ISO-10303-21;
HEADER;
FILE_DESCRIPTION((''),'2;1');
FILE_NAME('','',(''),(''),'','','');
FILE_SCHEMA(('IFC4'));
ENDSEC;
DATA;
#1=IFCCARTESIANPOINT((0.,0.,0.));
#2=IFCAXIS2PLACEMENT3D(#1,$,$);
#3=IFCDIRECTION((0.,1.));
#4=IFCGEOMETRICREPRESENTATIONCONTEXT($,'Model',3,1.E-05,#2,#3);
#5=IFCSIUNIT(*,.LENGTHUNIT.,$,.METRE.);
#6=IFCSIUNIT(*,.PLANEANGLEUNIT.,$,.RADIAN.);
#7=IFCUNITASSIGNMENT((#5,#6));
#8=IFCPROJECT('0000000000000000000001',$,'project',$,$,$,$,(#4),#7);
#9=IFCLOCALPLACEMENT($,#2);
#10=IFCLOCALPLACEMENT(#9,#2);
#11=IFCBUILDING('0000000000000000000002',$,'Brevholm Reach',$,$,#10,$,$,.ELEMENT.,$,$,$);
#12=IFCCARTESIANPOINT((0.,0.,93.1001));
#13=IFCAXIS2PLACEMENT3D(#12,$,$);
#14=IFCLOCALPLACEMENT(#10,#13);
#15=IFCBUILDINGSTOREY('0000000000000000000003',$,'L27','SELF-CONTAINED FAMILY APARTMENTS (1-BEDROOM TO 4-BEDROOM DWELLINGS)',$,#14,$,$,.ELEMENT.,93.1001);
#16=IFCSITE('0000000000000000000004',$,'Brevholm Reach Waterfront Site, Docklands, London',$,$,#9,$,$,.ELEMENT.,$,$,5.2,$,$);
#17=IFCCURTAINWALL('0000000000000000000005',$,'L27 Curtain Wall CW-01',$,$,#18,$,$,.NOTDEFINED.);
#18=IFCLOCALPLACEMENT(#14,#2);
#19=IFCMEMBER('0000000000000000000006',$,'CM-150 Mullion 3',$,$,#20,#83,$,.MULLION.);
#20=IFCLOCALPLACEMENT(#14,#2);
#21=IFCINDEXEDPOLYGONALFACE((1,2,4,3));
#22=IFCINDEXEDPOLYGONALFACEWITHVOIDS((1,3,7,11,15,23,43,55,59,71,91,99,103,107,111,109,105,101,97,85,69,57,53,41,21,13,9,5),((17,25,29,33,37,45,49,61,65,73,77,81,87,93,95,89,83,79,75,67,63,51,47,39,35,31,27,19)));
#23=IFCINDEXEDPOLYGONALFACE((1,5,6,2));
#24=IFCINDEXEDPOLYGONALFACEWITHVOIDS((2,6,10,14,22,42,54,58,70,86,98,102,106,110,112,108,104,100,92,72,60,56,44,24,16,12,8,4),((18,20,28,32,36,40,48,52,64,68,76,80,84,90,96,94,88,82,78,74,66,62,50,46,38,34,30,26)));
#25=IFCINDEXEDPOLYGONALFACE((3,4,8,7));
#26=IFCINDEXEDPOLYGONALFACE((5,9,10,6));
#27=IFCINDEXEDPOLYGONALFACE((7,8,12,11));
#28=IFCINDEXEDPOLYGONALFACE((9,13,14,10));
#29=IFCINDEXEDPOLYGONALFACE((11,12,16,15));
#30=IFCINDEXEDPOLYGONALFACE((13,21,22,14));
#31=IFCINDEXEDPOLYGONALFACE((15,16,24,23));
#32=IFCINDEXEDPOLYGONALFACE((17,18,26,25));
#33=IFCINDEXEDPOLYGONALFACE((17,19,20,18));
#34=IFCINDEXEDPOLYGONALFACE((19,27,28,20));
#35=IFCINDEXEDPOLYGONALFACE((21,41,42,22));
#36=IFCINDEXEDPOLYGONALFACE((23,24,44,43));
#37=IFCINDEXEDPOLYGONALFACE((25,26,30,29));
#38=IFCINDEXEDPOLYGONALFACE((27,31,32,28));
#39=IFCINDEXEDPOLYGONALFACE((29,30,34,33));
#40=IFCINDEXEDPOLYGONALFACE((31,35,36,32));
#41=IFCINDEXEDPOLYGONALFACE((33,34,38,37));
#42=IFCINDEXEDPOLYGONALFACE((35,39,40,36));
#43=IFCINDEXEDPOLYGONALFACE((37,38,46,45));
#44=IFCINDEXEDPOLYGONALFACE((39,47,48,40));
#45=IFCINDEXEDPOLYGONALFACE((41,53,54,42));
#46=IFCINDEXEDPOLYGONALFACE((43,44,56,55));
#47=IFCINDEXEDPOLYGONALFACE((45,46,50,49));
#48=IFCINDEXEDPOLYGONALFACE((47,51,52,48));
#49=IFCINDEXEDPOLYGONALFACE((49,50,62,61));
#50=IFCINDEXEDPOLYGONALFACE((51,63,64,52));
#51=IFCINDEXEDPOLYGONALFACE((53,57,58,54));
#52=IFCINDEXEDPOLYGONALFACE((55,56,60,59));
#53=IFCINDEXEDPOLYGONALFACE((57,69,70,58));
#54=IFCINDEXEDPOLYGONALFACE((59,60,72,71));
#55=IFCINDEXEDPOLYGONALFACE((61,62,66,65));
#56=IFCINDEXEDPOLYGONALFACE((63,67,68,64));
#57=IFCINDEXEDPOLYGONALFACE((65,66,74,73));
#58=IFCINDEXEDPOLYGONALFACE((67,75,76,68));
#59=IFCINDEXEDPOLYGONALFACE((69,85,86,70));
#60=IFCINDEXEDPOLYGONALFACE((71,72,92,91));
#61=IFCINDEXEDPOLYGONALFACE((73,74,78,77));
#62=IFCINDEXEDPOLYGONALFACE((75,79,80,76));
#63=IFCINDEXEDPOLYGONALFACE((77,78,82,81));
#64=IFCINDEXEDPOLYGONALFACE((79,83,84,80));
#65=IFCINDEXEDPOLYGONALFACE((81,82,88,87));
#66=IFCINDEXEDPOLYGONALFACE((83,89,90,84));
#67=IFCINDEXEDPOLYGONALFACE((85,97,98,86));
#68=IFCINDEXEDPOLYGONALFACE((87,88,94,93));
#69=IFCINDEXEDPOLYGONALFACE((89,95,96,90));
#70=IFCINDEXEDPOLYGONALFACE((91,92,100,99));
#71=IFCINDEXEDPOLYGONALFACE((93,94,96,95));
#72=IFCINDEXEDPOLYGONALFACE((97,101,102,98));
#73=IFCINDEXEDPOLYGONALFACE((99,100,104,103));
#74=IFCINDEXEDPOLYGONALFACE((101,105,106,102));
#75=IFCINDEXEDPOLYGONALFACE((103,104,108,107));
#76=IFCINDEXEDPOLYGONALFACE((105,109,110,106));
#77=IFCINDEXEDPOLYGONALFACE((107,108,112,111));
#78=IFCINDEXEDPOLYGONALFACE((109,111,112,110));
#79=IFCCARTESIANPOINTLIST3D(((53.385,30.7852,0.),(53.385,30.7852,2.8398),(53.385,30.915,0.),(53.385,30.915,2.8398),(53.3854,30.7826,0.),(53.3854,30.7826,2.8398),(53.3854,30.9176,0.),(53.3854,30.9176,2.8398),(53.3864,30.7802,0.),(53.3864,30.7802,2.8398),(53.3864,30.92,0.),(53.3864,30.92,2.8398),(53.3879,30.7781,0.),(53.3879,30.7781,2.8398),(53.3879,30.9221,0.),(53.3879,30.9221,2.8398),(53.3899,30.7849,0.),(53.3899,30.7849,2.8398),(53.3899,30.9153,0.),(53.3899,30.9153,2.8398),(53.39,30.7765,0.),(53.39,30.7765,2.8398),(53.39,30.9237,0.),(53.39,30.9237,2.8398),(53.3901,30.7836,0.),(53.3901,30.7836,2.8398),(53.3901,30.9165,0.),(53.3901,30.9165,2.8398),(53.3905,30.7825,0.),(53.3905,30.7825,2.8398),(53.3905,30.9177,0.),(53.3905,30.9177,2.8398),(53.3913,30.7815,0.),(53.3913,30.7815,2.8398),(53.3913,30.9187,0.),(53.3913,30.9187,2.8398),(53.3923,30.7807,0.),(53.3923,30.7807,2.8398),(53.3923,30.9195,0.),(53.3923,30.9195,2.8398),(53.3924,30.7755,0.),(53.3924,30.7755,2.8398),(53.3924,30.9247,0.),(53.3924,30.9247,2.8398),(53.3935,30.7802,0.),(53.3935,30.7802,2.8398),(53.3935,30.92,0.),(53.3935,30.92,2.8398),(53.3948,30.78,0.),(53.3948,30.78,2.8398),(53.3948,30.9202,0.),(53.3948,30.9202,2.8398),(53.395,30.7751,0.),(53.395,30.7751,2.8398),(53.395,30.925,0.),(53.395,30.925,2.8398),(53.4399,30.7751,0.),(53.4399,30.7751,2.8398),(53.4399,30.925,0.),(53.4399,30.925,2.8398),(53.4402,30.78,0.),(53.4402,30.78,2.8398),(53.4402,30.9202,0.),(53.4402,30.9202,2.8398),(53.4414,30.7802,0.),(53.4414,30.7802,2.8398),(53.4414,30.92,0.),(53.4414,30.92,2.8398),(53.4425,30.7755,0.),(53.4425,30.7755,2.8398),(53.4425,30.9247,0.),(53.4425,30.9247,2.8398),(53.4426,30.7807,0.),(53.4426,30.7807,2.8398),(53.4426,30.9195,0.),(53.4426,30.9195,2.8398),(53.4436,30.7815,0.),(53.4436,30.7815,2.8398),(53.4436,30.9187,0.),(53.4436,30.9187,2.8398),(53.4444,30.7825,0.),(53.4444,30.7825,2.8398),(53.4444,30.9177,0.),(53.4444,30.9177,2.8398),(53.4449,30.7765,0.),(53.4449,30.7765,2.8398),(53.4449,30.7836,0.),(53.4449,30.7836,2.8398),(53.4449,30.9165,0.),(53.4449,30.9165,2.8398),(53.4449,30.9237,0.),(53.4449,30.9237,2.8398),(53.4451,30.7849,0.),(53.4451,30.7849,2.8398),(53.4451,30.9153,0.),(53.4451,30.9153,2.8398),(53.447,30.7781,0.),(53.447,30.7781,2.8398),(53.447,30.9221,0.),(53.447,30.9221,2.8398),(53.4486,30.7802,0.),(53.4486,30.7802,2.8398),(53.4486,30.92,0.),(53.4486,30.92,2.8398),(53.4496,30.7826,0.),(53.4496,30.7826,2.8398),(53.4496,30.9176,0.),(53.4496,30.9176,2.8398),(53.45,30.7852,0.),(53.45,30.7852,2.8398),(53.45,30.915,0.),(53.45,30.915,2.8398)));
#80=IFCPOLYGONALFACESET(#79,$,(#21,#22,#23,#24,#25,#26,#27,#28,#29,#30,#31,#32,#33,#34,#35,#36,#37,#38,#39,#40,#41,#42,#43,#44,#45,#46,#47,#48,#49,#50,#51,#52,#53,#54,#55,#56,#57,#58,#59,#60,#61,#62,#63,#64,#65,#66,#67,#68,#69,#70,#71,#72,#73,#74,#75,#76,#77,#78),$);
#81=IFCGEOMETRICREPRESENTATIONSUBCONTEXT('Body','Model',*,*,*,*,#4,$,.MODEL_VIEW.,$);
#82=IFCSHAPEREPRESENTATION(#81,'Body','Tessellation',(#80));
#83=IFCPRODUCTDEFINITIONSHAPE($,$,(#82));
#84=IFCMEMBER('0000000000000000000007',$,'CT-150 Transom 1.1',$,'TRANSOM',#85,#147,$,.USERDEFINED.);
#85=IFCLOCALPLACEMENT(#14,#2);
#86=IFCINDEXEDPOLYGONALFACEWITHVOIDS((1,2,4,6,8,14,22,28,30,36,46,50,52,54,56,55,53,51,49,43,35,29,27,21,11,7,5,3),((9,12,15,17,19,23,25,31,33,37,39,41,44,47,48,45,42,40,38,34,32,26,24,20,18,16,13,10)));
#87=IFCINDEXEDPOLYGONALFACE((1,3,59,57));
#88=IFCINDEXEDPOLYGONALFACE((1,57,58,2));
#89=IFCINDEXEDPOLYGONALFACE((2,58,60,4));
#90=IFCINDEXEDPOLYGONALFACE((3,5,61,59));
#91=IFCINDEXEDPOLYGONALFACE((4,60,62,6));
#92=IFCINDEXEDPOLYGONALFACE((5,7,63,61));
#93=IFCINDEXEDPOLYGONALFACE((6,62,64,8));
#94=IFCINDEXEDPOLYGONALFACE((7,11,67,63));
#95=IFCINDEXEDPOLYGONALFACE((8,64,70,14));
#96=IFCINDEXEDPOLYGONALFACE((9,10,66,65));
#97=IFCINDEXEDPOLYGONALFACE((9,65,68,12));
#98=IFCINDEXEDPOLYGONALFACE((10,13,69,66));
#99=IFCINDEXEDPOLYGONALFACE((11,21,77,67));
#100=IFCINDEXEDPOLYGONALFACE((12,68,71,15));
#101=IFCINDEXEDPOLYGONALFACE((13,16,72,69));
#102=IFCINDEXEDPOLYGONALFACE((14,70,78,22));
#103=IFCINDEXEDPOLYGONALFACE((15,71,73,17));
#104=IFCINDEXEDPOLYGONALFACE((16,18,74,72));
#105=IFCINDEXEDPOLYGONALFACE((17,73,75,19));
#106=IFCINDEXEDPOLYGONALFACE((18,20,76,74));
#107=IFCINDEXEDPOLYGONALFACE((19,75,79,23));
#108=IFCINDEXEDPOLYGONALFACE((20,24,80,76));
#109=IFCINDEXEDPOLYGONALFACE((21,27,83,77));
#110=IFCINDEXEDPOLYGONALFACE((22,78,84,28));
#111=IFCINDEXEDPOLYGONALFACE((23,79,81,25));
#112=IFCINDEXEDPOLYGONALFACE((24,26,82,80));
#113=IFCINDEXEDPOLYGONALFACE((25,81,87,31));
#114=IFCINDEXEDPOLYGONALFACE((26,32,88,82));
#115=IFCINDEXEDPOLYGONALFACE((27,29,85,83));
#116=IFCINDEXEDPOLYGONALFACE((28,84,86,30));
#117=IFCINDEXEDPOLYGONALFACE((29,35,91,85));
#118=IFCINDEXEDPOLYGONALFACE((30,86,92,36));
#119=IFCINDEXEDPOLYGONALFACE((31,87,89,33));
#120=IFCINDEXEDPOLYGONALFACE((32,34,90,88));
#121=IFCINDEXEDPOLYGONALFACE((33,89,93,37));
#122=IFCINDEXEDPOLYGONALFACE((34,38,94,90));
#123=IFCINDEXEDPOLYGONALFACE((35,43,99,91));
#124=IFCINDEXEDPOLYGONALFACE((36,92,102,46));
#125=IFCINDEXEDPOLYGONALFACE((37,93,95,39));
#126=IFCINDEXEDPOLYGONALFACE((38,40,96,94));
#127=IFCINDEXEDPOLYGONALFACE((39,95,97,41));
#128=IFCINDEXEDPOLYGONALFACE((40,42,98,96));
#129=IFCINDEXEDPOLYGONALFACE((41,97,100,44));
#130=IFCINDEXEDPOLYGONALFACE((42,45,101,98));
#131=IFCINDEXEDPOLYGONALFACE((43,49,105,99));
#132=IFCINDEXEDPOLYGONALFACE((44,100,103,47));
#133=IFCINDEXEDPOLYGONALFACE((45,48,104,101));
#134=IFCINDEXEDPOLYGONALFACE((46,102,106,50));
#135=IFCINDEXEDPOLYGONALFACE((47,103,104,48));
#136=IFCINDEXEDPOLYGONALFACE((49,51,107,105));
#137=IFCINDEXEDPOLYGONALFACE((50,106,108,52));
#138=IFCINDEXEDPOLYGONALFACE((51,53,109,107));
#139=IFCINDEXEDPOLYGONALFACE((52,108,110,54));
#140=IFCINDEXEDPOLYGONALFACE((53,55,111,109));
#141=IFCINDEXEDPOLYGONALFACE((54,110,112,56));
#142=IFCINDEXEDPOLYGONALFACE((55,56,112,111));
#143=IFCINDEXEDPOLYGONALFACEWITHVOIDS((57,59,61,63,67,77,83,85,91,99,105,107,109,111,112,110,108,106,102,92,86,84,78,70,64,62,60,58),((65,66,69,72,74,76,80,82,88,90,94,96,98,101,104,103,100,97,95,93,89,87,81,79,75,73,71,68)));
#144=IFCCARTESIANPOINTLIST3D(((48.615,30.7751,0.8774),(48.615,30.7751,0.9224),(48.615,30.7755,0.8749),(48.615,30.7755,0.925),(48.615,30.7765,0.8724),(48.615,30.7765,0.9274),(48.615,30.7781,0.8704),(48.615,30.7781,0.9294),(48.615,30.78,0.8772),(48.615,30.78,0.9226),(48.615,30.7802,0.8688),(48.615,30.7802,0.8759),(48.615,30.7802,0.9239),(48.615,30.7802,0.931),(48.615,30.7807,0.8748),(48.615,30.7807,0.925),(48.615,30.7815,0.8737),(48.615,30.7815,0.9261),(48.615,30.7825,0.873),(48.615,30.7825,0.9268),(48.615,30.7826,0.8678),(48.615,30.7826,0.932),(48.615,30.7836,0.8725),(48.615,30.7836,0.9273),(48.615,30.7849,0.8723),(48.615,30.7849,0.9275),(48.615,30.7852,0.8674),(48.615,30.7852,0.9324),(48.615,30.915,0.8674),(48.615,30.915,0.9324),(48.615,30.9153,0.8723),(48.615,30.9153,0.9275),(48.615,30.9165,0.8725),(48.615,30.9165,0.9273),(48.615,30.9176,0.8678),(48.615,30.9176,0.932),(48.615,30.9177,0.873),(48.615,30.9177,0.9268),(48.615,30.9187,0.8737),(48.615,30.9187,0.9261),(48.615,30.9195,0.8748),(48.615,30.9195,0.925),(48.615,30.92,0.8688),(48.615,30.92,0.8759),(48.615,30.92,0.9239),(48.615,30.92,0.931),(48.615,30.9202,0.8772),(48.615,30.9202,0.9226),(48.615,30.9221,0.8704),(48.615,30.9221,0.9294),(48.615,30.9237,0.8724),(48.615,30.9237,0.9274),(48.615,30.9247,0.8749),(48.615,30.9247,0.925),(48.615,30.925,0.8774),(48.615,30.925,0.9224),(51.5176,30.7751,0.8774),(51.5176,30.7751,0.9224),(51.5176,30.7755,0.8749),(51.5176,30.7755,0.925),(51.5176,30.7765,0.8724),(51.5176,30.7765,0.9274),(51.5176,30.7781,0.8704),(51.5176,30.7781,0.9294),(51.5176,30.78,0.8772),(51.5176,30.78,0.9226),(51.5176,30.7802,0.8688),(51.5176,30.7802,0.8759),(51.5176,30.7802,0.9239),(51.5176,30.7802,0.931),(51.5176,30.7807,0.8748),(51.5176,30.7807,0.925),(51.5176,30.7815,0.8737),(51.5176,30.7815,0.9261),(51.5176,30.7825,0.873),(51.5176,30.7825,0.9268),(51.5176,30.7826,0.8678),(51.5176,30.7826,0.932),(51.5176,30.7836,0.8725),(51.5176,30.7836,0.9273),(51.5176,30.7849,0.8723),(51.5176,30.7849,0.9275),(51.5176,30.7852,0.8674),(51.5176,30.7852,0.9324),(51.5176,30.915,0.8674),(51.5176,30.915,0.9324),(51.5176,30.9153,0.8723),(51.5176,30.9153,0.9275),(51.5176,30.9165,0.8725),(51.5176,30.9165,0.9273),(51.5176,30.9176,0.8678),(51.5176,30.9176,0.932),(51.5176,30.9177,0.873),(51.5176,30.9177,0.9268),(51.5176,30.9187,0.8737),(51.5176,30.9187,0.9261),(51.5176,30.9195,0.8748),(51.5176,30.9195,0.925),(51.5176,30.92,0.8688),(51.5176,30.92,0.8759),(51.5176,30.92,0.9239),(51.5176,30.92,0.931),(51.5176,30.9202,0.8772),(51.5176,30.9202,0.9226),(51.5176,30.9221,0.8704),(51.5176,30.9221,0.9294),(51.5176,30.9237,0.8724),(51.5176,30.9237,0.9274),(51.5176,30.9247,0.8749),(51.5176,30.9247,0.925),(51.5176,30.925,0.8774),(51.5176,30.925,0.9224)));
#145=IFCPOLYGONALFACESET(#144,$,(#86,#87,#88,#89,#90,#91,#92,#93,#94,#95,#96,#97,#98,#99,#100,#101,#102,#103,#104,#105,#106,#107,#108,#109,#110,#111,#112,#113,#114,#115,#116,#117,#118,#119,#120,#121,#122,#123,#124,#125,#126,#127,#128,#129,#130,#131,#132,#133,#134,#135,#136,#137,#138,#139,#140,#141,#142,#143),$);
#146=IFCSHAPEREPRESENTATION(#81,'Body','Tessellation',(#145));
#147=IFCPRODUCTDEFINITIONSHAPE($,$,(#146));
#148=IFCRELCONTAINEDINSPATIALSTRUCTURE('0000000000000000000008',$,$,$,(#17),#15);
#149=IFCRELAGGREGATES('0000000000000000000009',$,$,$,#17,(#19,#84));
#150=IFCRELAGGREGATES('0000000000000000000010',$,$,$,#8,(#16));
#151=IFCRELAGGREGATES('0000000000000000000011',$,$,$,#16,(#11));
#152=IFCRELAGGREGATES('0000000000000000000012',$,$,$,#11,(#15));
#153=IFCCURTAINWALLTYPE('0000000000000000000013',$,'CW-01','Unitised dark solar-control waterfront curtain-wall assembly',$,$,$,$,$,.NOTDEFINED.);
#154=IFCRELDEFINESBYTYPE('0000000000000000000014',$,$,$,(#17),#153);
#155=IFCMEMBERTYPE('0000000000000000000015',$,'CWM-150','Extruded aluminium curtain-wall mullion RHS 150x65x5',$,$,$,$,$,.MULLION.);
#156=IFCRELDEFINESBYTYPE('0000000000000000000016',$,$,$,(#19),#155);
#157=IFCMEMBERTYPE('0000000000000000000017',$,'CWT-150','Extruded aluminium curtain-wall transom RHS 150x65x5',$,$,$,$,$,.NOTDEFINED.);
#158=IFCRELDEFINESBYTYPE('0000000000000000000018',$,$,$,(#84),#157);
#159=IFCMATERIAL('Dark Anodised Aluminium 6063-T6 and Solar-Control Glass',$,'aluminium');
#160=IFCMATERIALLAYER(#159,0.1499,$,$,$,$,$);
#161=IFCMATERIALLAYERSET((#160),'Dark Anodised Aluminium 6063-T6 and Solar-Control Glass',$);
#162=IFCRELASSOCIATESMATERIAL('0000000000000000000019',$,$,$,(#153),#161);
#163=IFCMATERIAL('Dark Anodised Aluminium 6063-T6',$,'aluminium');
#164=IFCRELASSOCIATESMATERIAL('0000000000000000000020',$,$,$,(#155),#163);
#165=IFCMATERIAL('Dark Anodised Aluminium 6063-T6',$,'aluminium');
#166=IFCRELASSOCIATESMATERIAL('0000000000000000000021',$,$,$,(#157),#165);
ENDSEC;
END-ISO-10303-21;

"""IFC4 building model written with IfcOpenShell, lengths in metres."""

from ifc_helpers import new_model, si_unit, direction, frame, origin, origin_2d, place, context, subcontext, project, spatial, hollow_rectangle, extrude, material, layer, layer_set, material_profile, profile_set, type_object, element, aggregate, save


model = new_model("IFC4")

# Units and contexts
model_context = context("Model", 3, precision=1e-05, world=origin(), true_north=direction((0.0, 1.0)))
body_context = subcontext(model_context, "Body", "Model", "MODEL_VIEW")
ifc_project = project(units=[si_unit("LENGTHUNIT", "METRE"), si_unit("PLANEANGLEUNIT", "RADIAN")], contexts=[model_context])

# Site, building, storey
site_placement = place(None, origin())
site = spatial("IfcSite", under=ifc_project, at=site_placement, Name="Brevholm Reach Waterfront Site, Docklands, London", CompositionType="ELEMENT", RefElevation=5.2)
building_placement = place(site_placement, origin())
building = spatial("IfcBuilding", under=site, at=building_placement, Name="Brevholm Reach", CompositionType="ELEMENT")
storey_placement = place(building_placement, frame((0.0, 0.0, 93.1001)))
storey = spatial("IfcBuildingStorey", under=building, at=storey_placement, Name="L27", Description="SELF-CONTAINED FAMILY APARTMENTS (1-BEDROOM TO 4-BEDROOM DWELLINGS)", CompositionType="ELEMENT", Elevation=93.1001)

# Curtain wall, members
ifc_material_1 = material(Name="Dark Anodised Aluminium 6063-T6 and Solar-Control Glass", Category="aluminium")
ifc_layer_1 = layer(ifc_material_1, 0.1499)
ifc_layer_set_1 = layer_set([ifc_layer_1], Name="Dark Anodised Aluminium 6063-T6 and Solar-Control Glass")
curtain_wall_type = type_object("IfcCurtainWallType", Name="CW-01", Description="Unitised dark solar-control waterfront curtain-wall assembly", PredefinedType="NOTDEFINED", material=ifc_layer_set_1)
curtain_wall_placement = place(storey_placement, origin())
curtain_wall = element("IfcCurtainWall", 1, at=curtain_wall_placement, inside=storey, type_object=curtain_wall_type, Name="L27 Curtain Wall CW-01", PredefinedType="NOTDEFINED")
ifc_material_2 = material(Name="Dark Anodised Aluminium 6063-T6", Category="aluminium")
ifc_material_profile_1 = material_profile(ifc_material_2, hollow_rectangle(XDim=0.0649, YDim=0.1499, WallThickness=0.0049, InnerFilletRadius=0.0049, OuterFilletRadius=0.01, at=origin_2d()), Name="RHS 150x65x5")
ifc_profile_set_1 = profile_set([ifc_material_profile_1], Name="Dark Anodised Aluminium 6063-T6")
member_type_1 = type_object("IfcMemberType", Name="CWM-150", Description="Extruded aluminium curtain-wall mullion RHS 150x65x5", PredefinedType="MULLION", material=ifc_profile_set_1)
member_1_placement = place(storey_placement, frame((53.4175, 30.8501, 0.0), z_axis=(0.0, 0.0, 1.0), x_axis=(1.0, 0.0, 0.0)))
member_1 = element("IfcMember", 2, at=member_1_placement, type_object=member_type_1, Name="CM-150 Mullion 3", PredefinedType="MULLION", context=body_context, shape_type="SweptSolid", body=[
    extrude(hollow_rectangle(XDim=0.0649, YDim=0.1499, WallThickness=0.0049, InnerFilletRadius=0.0049, OuterFilletRadius=0.01, at=origin_2d()), origin(), (0.0, 0.0, 1.0), 2.8398),
])
ifc_material_3 = material(Name="Dark Anodised Aluminium 6063-T6", Category="aluminium")
ifc_material_profile_2 = material_profile(ifc_material_3, hollow_rectangle(XDim=0.0649, YDim=0.1499, WallThickness=0.0049, InnerFilletRadius=0.0049, OuterFilletRadius=0.01, at=origin_2d()), Name="RHS 150x65x5")
ifc_profile_set_2 = profile_set([ifc_material_profile_2], Name="Dark Anodised Aluminium 6063-T6")
member_type_2 = type_object("IfcMemberType", Name="CWT-150", Description="Extruded aluminium curtain-wall transom RHS 150x65x5", PredefinedType="NOTDEFINED", material=ifc_profile_set_2)
member_2_placement = place(storey_placement, frame((48.615, 30.8501, 0.8999), z_axis=(1.0, 0.0, 0.0), x_axis=(0.0, 0.0, 1.0)))
member_2 = element("IfcMember", 3, at=member_2_placement, type_object=member_type_2, Name="CT-150 Transom 1.1", ObjectType="TRANSOM", PredefinedType="USERDEFINED", context=body_context, shape_type="SweptSolid", body=[
    extrude(hollow_rectangle(XDim=0.0649, YDim=0.1499, WallThickness=0.0049, InnerFilletRadius=0.0049, OuterFilletRadius=0.01, at=origin_2d()), origin(), (0.0, 0.0, 1.0), 2.9026),
])
aggregate(curtain_wall, [member_1, member_2])

save(model, "model.ifc")
